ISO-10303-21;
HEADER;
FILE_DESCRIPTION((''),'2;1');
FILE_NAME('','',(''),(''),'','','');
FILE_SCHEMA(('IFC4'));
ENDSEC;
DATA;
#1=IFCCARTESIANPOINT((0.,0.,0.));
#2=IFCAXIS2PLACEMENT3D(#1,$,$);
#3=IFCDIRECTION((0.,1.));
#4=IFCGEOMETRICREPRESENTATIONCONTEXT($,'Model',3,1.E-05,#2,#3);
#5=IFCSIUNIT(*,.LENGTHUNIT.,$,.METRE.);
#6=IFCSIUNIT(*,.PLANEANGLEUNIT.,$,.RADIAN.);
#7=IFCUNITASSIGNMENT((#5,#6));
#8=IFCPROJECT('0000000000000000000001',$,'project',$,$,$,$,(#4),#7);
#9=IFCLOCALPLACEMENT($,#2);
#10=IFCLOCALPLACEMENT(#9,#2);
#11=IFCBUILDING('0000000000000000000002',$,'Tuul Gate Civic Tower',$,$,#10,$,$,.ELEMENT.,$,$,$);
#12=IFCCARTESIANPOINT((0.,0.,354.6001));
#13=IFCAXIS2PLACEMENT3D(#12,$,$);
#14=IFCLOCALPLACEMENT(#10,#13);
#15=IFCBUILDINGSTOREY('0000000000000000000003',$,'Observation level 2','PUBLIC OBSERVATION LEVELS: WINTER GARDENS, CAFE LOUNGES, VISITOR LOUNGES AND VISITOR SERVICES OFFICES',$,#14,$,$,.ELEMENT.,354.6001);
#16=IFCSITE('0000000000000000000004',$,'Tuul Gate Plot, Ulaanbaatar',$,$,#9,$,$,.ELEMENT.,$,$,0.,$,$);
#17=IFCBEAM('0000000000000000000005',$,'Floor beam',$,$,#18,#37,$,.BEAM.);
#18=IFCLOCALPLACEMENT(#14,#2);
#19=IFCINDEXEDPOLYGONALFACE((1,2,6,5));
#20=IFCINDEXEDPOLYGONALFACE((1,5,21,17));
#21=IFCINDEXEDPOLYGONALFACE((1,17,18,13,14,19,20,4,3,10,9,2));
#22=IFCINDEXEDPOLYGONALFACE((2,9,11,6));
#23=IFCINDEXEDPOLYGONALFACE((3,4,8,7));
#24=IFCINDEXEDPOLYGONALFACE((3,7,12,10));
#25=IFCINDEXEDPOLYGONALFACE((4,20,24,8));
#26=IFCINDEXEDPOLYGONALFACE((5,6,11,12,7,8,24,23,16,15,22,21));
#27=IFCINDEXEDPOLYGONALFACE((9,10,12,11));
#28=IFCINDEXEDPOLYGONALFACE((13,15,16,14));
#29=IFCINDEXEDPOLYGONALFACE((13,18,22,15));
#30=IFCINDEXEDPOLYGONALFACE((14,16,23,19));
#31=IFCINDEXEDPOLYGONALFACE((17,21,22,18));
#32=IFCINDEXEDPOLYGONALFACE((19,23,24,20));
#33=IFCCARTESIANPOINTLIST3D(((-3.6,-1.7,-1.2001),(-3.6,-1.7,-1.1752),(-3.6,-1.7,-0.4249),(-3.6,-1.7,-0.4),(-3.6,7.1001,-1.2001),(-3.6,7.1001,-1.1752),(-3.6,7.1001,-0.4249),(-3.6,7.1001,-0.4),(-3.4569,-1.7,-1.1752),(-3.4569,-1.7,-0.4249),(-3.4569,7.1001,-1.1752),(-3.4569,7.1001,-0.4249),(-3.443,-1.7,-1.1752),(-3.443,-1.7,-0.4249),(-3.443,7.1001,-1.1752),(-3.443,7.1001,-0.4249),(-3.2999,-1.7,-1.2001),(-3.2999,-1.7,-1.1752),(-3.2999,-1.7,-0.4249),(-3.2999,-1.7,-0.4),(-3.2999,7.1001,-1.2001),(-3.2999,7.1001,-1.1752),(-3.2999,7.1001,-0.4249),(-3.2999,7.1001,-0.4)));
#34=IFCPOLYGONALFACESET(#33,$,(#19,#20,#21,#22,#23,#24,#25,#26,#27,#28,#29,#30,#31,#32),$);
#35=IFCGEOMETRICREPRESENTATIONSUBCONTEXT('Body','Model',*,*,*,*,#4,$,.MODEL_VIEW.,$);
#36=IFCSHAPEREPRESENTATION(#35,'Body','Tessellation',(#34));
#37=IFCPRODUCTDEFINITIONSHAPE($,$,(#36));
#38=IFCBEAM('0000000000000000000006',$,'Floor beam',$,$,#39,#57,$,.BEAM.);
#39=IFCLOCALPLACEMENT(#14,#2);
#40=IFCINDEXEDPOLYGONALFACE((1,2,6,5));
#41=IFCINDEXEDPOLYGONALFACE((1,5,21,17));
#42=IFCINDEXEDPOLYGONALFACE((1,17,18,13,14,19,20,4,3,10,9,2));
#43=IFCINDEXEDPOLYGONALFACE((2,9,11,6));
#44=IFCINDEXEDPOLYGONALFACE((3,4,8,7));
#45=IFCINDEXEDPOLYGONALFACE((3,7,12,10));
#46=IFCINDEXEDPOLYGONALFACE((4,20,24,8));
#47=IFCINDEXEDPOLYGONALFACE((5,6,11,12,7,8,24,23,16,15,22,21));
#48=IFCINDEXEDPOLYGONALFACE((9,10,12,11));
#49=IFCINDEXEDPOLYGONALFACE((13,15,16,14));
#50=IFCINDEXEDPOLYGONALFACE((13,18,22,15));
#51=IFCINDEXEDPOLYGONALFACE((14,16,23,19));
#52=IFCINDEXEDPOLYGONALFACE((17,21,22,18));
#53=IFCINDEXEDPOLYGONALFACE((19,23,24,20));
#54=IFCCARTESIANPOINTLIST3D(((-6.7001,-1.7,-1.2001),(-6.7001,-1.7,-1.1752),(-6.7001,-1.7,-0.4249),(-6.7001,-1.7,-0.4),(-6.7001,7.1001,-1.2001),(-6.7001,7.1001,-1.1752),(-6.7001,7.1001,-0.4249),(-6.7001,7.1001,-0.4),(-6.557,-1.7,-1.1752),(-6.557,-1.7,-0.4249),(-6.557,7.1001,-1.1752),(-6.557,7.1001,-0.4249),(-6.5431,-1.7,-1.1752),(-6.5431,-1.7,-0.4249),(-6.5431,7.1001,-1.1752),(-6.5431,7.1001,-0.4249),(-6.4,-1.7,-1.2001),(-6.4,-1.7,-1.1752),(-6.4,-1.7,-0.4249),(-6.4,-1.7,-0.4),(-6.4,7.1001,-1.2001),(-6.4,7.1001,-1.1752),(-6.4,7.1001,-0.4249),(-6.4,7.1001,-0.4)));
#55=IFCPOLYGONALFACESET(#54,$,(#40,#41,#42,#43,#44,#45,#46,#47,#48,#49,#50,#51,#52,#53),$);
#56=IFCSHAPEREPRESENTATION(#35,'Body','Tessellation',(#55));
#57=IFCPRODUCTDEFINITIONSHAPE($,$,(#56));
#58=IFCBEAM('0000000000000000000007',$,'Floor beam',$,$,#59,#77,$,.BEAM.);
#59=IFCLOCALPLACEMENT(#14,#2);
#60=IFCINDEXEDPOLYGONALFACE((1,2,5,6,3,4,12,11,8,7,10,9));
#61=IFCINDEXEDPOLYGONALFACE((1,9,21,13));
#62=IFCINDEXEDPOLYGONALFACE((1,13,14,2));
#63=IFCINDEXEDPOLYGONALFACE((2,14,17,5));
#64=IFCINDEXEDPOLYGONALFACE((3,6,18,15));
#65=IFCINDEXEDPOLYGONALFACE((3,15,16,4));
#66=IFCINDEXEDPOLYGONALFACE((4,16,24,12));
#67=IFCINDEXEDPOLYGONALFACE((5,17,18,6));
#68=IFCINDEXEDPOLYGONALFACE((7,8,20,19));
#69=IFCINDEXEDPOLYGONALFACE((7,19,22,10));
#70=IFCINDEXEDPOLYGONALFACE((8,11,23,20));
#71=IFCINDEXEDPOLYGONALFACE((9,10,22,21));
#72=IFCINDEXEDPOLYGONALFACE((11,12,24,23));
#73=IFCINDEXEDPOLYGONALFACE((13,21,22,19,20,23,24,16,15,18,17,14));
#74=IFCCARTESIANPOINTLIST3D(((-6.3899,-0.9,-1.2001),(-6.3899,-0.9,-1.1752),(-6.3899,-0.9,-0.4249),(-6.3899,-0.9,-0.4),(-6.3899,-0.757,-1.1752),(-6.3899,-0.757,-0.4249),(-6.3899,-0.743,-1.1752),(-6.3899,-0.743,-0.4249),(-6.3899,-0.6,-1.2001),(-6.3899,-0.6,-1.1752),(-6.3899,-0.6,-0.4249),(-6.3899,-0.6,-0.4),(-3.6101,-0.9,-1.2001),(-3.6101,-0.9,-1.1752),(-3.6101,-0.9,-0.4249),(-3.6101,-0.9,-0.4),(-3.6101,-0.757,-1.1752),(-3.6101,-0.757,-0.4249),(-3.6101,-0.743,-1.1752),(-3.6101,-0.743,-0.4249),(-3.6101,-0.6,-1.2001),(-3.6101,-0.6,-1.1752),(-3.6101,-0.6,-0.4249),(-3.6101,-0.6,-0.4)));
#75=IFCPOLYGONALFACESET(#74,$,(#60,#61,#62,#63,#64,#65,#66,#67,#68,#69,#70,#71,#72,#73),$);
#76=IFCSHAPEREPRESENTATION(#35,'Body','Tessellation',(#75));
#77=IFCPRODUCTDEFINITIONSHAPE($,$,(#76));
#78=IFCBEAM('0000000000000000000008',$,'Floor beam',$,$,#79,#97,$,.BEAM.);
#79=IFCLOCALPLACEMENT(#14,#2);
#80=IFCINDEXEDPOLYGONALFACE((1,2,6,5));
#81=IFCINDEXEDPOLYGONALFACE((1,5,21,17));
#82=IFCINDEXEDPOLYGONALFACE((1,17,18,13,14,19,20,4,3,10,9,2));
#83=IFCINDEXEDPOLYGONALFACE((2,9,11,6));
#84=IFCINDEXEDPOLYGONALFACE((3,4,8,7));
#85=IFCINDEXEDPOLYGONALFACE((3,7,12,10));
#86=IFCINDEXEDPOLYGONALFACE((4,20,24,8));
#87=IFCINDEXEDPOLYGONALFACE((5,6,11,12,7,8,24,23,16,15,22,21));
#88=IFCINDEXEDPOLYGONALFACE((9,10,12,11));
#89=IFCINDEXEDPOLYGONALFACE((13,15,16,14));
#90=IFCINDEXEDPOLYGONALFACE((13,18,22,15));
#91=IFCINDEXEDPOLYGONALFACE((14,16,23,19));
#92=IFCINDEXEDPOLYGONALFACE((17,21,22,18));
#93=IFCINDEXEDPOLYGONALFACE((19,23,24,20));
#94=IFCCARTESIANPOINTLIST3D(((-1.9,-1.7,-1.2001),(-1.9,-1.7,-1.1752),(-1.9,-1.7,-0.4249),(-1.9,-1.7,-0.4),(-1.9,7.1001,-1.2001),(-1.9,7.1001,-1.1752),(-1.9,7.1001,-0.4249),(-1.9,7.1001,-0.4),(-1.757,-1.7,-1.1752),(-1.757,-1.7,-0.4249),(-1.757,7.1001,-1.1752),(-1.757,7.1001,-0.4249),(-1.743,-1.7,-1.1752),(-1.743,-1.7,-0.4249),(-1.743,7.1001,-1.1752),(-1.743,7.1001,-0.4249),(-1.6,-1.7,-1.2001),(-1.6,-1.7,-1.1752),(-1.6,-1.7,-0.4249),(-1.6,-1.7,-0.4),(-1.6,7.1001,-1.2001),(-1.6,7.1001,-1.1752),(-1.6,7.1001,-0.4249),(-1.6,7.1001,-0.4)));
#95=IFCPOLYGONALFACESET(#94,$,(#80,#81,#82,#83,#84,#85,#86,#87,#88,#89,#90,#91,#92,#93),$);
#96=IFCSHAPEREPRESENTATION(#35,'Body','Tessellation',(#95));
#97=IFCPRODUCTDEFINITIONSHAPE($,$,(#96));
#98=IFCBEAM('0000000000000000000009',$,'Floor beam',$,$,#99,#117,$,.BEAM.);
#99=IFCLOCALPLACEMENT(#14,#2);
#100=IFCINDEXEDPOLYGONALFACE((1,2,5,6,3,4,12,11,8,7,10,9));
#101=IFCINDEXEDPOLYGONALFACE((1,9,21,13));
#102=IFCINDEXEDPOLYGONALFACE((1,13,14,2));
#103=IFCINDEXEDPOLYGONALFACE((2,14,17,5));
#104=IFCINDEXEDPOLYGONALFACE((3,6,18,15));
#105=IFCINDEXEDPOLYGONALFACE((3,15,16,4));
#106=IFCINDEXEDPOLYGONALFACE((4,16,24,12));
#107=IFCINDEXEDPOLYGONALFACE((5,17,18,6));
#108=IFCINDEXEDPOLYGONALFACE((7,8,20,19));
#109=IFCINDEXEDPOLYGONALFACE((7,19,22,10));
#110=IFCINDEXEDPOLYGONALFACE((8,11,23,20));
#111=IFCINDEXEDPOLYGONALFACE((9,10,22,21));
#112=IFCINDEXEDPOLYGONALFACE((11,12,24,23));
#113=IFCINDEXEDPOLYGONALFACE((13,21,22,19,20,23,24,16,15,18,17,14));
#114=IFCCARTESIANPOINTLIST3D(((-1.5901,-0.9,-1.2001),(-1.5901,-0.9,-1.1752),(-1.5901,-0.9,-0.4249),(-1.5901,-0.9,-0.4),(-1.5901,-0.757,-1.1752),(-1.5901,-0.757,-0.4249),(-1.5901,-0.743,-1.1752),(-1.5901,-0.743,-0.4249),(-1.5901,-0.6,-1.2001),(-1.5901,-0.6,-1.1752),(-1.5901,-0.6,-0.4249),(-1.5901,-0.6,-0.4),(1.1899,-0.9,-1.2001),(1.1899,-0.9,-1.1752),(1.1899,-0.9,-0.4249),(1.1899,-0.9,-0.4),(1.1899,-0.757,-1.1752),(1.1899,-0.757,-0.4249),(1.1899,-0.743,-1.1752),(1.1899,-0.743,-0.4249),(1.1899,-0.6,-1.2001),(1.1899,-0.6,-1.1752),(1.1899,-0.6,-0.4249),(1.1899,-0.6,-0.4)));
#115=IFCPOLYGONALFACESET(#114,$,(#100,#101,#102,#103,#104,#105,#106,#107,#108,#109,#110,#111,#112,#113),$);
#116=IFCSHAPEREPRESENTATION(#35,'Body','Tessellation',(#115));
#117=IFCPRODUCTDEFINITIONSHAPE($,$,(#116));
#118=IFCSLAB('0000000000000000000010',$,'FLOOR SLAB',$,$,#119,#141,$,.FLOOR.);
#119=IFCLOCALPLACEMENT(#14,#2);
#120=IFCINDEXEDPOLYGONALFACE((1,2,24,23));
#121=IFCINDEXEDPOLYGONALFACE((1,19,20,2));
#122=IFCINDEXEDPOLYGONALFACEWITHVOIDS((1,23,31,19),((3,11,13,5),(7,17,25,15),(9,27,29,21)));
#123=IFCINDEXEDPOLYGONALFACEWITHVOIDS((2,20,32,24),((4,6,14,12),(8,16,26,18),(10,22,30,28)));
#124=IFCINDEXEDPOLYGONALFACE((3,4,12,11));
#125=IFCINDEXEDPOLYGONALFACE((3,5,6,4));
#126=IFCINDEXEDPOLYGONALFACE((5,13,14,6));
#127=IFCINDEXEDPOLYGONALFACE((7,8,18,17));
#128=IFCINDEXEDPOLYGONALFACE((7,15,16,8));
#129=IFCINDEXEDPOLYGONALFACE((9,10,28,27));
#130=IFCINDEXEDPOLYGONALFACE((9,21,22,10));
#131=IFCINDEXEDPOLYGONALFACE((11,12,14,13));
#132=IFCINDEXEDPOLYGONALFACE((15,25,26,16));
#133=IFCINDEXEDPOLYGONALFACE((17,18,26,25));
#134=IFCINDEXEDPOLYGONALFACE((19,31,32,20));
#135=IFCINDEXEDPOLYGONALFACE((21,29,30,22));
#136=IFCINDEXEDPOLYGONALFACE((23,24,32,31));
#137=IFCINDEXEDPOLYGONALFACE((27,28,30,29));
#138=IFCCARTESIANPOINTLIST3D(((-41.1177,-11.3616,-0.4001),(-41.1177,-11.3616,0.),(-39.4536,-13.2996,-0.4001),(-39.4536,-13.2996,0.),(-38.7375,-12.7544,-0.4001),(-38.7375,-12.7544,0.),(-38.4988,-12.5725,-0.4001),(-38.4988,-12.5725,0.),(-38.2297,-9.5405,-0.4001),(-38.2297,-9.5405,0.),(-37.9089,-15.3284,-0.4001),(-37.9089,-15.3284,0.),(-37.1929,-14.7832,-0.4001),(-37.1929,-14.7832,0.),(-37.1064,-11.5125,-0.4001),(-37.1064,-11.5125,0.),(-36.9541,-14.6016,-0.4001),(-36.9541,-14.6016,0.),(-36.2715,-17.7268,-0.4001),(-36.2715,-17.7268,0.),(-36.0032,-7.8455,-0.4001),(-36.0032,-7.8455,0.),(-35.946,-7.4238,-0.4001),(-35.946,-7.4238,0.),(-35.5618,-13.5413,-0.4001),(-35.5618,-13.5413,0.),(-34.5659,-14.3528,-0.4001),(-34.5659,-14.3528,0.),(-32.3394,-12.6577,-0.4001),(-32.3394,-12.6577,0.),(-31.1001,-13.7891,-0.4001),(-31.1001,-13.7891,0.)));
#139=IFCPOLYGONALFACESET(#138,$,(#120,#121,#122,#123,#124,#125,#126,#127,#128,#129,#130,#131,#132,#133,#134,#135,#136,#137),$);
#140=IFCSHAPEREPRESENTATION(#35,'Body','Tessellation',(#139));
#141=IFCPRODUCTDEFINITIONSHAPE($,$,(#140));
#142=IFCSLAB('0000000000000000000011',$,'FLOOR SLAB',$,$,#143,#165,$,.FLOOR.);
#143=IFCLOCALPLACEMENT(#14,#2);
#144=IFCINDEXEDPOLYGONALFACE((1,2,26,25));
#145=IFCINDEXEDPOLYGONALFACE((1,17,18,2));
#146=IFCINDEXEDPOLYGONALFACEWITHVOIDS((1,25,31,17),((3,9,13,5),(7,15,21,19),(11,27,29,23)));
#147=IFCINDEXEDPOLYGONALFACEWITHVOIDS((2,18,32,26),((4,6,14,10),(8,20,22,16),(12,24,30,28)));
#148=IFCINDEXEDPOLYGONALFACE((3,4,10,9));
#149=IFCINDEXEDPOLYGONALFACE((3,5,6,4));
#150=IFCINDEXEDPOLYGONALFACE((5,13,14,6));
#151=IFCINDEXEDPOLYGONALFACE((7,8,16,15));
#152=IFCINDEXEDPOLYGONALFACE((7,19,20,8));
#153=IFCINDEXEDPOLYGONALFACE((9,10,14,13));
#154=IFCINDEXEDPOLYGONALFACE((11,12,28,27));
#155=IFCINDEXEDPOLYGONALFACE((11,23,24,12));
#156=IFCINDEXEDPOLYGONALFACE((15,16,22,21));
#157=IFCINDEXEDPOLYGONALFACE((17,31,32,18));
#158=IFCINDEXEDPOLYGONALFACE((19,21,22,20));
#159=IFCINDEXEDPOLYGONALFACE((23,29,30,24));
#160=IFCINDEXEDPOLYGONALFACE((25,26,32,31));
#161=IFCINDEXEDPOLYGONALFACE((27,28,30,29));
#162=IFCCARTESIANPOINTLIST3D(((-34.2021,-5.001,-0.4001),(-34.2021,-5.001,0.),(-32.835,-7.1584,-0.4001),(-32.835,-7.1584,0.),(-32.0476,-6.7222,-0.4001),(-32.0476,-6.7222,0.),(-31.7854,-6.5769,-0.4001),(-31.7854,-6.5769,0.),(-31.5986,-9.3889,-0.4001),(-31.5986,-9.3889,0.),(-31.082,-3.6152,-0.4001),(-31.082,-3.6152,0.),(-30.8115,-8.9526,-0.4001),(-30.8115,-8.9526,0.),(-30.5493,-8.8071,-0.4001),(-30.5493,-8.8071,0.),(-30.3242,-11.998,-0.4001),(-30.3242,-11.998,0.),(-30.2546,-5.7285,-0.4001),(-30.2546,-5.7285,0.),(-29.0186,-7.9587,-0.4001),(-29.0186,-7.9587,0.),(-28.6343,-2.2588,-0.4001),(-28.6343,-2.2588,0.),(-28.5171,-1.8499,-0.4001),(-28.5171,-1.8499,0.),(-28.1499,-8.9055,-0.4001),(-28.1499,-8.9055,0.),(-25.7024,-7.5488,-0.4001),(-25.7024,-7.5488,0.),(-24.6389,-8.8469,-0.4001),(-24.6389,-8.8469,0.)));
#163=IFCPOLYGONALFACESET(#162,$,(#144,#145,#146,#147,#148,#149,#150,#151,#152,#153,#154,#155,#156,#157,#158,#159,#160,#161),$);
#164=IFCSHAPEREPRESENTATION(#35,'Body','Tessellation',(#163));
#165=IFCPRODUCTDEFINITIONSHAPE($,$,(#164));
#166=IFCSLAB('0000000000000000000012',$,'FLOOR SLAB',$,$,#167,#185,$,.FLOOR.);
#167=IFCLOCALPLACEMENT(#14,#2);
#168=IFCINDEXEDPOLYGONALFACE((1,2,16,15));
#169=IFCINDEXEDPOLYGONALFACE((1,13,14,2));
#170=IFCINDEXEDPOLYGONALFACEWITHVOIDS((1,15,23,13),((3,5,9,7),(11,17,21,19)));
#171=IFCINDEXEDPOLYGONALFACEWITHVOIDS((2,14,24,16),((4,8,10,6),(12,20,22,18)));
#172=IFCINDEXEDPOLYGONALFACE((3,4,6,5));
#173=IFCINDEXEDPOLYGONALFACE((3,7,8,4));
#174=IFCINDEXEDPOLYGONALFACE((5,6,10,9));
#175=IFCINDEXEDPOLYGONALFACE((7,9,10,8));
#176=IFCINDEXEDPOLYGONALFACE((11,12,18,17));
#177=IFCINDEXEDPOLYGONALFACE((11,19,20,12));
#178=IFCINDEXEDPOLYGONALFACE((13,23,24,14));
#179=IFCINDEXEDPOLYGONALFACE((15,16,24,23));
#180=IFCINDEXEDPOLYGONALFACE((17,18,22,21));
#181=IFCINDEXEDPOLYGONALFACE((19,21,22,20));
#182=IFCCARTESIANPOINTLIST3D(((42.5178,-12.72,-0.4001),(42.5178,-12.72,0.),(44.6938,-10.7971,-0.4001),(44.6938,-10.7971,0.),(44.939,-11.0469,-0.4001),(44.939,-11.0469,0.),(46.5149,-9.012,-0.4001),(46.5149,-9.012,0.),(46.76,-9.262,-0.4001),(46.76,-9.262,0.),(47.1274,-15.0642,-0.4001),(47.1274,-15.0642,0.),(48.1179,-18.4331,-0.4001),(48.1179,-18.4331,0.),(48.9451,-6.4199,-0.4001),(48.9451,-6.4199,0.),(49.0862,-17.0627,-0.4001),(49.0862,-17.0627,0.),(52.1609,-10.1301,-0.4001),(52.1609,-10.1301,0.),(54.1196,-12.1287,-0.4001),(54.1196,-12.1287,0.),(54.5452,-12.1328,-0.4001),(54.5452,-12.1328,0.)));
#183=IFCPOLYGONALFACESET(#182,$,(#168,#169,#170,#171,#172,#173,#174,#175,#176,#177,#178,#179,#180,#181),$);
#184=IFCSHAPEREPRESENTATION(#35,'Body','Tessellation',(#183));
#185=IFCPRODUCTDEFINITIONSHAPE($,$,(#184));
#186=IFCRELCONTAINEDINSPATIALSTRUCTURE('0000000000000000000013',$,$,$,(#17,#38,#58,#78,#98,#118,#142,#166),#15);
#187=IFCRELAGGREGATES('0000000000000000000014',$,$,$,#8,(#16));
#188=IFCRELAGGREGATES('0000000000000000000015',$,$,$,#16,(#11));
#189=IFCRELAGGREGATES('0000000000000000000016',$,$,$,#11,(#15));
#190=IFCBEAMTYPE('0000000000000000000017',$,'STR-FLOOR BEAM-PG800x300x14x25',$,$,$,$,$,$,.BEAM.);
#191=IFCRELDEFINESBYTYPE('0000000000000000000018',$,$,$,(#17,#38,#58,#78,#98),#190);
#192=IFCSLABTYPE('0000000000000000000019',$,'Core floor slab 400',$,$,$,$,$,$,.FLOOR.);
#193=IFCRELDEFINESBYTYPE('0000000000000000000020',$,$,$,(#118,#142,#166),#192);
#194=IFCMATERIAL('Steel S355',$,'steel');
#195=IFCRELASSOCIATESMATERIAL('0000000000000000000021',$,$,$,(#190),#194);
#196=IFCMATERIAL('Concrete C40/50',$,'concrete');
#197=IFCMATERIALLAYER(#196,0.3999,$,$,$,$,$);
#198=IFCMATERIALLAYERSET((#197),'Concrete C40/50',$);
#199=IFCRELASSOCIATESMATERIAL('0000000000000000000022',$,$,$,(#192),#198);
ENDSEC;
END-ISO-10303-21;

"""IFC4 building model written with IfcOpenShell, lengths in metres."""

from ifc_helpers import new_model, si_unit, direction, frame, origin, origin_2d, place, context, subcontext, project, spatial, polyline, i_section, outline, extrude, material, layer, layer_set, material_profile, profile_set, type_object, element, save


model = new_model("IFC4")

# Units and contexts
model_context = context("Model", 3, precision=1e-05, world=origin(), true_north=direction((0.0, 1.0)))
body_context = subcontext(model_context, "Body", "Model", "MODEL_VIEW")
ifc_project = project(units=[si_unit("LENGTHUNIT", "METRE"), si_unit("PLANEANGLEUNIT", "RADIAN")], contexts=[model_context])

# Site, building, storey
site_placement = place(None, origin())
site = spatial("IfcSite", under=ifc_project, at=site_placement, Name="Tuul Gate Plot, Ulaanbaatar", CompositionType="ELEMENT", RefElevation=0.0)
building_placement = place(site_placement, origin())
building = spatial("IfcBuilding", under=site, at=building_placement, Name="Tuul Gate Civic Tower", CompositionType="ELEMENT")
storey_placement = place(building_placement, frame((0.0, 0.0, 354.6001)))
storey = spatial("IfcBuildingStorey", under=building, at=storey_placement, Name="Observation level 2", Description="PUBLIC OBSERVATION LEVELS: WINTER GARDENS, CAFE LOUNGES, VISITOR LOUNGES AND VISITOR SERVICES OFFICES", CompositionType="ELEMENT", Elevation=354.6001)

# Beams
ifc_material_1 = material(Name="Steel S355", Category="steel")
ifc_material_profile = material_profile(ifc_material_1, i_section(OverallWidth=0.3, OverallDepth=0.8, WebThickness=0.0139, FlangeThickness=0.0249, at=origin_2d()), Name="PG800x300x14x25")
ifc_profile_set = profile_set([ifc_material_profile], Name="Steel S355")
beam_type = type_object("IfcBeamType", Name="STR-FLOOR BEAM-PG800x300x14x25", PredefinedType="BEAM", material=ifc_profile_set)
for number, where, z_axis, x_axis, name in (
    (1, (-3.45, -1.7, -0.8), (0.0, 1.0, 0.0), (-1.0, 0.0, 0.0), "Floor beam"),
    (2, (-6.55, -1.7, -0.8), (0.0, 1.0, 0.0), (-1.0, 0.0, 0.0), "Floor beam"),
):
    element("IfcBeam", number, at=place(storey_placement, frame(where, z_axis=z_axis, x_axis=x_axis)), inside=storey, type_object=beam_type, Name=name, PredefinedType="BEAM", context=body_context, shape_type="SweptSolid", body=[
        extrude(i_section(OverallWidth=0.3, OverallDepth=0.8, WebThickness=0.0139, FlangeThickness=0.0249, at=origin_2d()), origin(), (0.0, 0.0, 1.0), 8.8),
    ])
beam_1_placement = place(storey_placement, frame((-6.3899, -0.75, -0.8), z_axis=(1.0, 0.0, 0.0), x_axis=(0.0, 1.0, 0.0)))
element("IfcBeam", 3, at=beam_1_placement, inside=storey, type_object=beam_type, Name="Floor beam", PredefinedType="BEAM", context=body_context, shape_type="SweptSolid", body=[
    extrude(i_section(OverallWidth=0.3, OverallDepth=0.8, WebThickness=0.0139, FlangeThickness=0.0249, at=origin_2d()), origin(), (0.0, 0.0, 1.0), 2.7798),
])
beam_2_placement = place(storey_placement, frame((-1.75, -1.7, -0.8), z_axis=(0.0, 1.0, 0.0), x_axis=(-1.0, 0.0, 0.0)))
element("IfcBeam", 4, at=beam_2_placement, inside=storey, type_object=beam_type, Name="Floor beam", PredefinedType="BEAM", context=body_context, shape_type="SweptSolid", body=[
    extrude(i_section(OverallWidth=0.3, OverallDepth=0.8, WebThickness=0.0139, FlangeThickness=0.0249, at=origin_2d()), origin(), (0.0, 0.0, 1.0), 8.8),
])
beam_3_placement = place(storey_placement, frame((-1.5901, -0.75, -0.8), z_axis=(1.0, 0.0, 0.0), x_axis=(0.0, 1.0, 0.0)))
element("IfcBeam", 5, at=beam_3_placement, inside=storey, type_object=beam_type, Name="Floor beam", PredefinedType="BEAM", context=body_context, shape_type="SweptSolid", body=[
    extrude(i_section(OverallWidth=0.3, OverallDepth=0.8, WebThickness=0.0139, FlangeThickness=0.0249, at=origin_2d()), origin(), (0.0, 0.0, 1.0), 2.78),
])

# Slabs
ifc_material_2 = material(Name="Concrete C40/50", Category="concrete")
ifc_layer_1 = layer(ifc_material_2, 0.3999)
ifc_layer_set_1 = layer_set([ifc_layer_1], Name="Concrete C40/50")
slab_type_1 = type_object("IfcSlabType", Name="Core floor slab 400", PredefinedType="FLOOR", material=ifc_layer_set_1)
slab_1_placement = place(storey_placement, frame((0.0, 0.0, -0.4001)))
element("IfcSlab", 6, at=slab_1_placement, inside=storey, type_object=slab_type_1, Name="FLOOR SLAB", PredefinedType="FLOOR", context=body_context, shape_type="SweptSolid", body=[
    extrude(outline(polyline([(-31.1001, -13.7891), (-35.946, -7.4238), (-41.1177, -11.3616), (-36.2715, -17.7268), (-31.1001, -13.7891)]), holes=[polyline([(-35.5618, -13.5413), (-37.1064, -11.5125), (-38.4988, -12.5725), (-36.9541, -14.6016), (-35.5618, -13.5413)]), polyline([(-37.1929, -14.7832), (-38.7375, -12.7544), (-39.4536, -13.2996), (-37.9089, -15.3284), (-37.1929, -14.7832)]), polyline([(-32.3394, -12.6577), (-34.5659, -14.3528), (-38.2297, -9.5405), (-36.0032, -7.8455), (-32.3394, -12.6577)])]), origin(), (0.0, 0.0, 1.0), 0.4001),
])
slab_2_placement = place(storey_placement, frame((0.0, 0.0, -0.4001)))
element("IfcSlab", 7, at=slab_2_placement, inside=storey, type_object=slab_type_1, Name="FLOOR SLAB", PredefinedType="FLOOR", context=body_context, shape_type="SweptSolid", body=[
    extrude(outline(polyline([(-24.6389, -8.8469), (-28.5171, -1.8499), (-34.2021, -5.001), (-30.3242, -11.998), (-24.6389, -8.8469)]), holes=[polyline([(-29.0186, -7.9587), (-30.2546, -5.7285), (-31.7854, -6.5769), (-30.5493, -8.8071), (-29.0186, -7.9587)]), polyline([(-30.8115, -8.9526), (-32.0476, -6.7222), (-32.835, -7.1584), (-31.5986, -9.3889), (-30.8115, -8.9526)]), polyline([(-25.7024, -7.5488), (-28.1499, -8.9055), (-31.082, -3.6152), (-28.6343, -2.2588), (-25.7024, -7.5488)])]), origin(), (0.0, 0.0, 1.0), 0.4001),
])
slab_3_placement = place(storey_placement, frame((0.0, 0.0, -0.4001)))
element("IfcSlab", 8, at=slab_3_placement, inside=storey, type_object=slab_type_1, Name="FLOOR SLAB", PredefinedType="FLOOR", context=body_context, shape_type="SweptSolid", body=[
    extrude(outline(polyline([(48.1179, -18.4331), (54.5452, -12.1328), (48.9451, -6.4199), (42.5178, -12.72), (48.1179, -18.4331)]), holes=[polyline([(44.939, -11.0469), (46.76, -9.262), (46.5149, -9.012), (44.6938, -10.7971), (44.939, -11.0469)]), polyline([(49.0862, -17.0627), (47.1274, -15.0642), (52.1609, -10.1301), (54.1196, -12.1287), (49.0862, -17.0627)])]), origin(), (0.0, 0.0, 1.0), 0.4001),
])

save(model, "model.ifc")
